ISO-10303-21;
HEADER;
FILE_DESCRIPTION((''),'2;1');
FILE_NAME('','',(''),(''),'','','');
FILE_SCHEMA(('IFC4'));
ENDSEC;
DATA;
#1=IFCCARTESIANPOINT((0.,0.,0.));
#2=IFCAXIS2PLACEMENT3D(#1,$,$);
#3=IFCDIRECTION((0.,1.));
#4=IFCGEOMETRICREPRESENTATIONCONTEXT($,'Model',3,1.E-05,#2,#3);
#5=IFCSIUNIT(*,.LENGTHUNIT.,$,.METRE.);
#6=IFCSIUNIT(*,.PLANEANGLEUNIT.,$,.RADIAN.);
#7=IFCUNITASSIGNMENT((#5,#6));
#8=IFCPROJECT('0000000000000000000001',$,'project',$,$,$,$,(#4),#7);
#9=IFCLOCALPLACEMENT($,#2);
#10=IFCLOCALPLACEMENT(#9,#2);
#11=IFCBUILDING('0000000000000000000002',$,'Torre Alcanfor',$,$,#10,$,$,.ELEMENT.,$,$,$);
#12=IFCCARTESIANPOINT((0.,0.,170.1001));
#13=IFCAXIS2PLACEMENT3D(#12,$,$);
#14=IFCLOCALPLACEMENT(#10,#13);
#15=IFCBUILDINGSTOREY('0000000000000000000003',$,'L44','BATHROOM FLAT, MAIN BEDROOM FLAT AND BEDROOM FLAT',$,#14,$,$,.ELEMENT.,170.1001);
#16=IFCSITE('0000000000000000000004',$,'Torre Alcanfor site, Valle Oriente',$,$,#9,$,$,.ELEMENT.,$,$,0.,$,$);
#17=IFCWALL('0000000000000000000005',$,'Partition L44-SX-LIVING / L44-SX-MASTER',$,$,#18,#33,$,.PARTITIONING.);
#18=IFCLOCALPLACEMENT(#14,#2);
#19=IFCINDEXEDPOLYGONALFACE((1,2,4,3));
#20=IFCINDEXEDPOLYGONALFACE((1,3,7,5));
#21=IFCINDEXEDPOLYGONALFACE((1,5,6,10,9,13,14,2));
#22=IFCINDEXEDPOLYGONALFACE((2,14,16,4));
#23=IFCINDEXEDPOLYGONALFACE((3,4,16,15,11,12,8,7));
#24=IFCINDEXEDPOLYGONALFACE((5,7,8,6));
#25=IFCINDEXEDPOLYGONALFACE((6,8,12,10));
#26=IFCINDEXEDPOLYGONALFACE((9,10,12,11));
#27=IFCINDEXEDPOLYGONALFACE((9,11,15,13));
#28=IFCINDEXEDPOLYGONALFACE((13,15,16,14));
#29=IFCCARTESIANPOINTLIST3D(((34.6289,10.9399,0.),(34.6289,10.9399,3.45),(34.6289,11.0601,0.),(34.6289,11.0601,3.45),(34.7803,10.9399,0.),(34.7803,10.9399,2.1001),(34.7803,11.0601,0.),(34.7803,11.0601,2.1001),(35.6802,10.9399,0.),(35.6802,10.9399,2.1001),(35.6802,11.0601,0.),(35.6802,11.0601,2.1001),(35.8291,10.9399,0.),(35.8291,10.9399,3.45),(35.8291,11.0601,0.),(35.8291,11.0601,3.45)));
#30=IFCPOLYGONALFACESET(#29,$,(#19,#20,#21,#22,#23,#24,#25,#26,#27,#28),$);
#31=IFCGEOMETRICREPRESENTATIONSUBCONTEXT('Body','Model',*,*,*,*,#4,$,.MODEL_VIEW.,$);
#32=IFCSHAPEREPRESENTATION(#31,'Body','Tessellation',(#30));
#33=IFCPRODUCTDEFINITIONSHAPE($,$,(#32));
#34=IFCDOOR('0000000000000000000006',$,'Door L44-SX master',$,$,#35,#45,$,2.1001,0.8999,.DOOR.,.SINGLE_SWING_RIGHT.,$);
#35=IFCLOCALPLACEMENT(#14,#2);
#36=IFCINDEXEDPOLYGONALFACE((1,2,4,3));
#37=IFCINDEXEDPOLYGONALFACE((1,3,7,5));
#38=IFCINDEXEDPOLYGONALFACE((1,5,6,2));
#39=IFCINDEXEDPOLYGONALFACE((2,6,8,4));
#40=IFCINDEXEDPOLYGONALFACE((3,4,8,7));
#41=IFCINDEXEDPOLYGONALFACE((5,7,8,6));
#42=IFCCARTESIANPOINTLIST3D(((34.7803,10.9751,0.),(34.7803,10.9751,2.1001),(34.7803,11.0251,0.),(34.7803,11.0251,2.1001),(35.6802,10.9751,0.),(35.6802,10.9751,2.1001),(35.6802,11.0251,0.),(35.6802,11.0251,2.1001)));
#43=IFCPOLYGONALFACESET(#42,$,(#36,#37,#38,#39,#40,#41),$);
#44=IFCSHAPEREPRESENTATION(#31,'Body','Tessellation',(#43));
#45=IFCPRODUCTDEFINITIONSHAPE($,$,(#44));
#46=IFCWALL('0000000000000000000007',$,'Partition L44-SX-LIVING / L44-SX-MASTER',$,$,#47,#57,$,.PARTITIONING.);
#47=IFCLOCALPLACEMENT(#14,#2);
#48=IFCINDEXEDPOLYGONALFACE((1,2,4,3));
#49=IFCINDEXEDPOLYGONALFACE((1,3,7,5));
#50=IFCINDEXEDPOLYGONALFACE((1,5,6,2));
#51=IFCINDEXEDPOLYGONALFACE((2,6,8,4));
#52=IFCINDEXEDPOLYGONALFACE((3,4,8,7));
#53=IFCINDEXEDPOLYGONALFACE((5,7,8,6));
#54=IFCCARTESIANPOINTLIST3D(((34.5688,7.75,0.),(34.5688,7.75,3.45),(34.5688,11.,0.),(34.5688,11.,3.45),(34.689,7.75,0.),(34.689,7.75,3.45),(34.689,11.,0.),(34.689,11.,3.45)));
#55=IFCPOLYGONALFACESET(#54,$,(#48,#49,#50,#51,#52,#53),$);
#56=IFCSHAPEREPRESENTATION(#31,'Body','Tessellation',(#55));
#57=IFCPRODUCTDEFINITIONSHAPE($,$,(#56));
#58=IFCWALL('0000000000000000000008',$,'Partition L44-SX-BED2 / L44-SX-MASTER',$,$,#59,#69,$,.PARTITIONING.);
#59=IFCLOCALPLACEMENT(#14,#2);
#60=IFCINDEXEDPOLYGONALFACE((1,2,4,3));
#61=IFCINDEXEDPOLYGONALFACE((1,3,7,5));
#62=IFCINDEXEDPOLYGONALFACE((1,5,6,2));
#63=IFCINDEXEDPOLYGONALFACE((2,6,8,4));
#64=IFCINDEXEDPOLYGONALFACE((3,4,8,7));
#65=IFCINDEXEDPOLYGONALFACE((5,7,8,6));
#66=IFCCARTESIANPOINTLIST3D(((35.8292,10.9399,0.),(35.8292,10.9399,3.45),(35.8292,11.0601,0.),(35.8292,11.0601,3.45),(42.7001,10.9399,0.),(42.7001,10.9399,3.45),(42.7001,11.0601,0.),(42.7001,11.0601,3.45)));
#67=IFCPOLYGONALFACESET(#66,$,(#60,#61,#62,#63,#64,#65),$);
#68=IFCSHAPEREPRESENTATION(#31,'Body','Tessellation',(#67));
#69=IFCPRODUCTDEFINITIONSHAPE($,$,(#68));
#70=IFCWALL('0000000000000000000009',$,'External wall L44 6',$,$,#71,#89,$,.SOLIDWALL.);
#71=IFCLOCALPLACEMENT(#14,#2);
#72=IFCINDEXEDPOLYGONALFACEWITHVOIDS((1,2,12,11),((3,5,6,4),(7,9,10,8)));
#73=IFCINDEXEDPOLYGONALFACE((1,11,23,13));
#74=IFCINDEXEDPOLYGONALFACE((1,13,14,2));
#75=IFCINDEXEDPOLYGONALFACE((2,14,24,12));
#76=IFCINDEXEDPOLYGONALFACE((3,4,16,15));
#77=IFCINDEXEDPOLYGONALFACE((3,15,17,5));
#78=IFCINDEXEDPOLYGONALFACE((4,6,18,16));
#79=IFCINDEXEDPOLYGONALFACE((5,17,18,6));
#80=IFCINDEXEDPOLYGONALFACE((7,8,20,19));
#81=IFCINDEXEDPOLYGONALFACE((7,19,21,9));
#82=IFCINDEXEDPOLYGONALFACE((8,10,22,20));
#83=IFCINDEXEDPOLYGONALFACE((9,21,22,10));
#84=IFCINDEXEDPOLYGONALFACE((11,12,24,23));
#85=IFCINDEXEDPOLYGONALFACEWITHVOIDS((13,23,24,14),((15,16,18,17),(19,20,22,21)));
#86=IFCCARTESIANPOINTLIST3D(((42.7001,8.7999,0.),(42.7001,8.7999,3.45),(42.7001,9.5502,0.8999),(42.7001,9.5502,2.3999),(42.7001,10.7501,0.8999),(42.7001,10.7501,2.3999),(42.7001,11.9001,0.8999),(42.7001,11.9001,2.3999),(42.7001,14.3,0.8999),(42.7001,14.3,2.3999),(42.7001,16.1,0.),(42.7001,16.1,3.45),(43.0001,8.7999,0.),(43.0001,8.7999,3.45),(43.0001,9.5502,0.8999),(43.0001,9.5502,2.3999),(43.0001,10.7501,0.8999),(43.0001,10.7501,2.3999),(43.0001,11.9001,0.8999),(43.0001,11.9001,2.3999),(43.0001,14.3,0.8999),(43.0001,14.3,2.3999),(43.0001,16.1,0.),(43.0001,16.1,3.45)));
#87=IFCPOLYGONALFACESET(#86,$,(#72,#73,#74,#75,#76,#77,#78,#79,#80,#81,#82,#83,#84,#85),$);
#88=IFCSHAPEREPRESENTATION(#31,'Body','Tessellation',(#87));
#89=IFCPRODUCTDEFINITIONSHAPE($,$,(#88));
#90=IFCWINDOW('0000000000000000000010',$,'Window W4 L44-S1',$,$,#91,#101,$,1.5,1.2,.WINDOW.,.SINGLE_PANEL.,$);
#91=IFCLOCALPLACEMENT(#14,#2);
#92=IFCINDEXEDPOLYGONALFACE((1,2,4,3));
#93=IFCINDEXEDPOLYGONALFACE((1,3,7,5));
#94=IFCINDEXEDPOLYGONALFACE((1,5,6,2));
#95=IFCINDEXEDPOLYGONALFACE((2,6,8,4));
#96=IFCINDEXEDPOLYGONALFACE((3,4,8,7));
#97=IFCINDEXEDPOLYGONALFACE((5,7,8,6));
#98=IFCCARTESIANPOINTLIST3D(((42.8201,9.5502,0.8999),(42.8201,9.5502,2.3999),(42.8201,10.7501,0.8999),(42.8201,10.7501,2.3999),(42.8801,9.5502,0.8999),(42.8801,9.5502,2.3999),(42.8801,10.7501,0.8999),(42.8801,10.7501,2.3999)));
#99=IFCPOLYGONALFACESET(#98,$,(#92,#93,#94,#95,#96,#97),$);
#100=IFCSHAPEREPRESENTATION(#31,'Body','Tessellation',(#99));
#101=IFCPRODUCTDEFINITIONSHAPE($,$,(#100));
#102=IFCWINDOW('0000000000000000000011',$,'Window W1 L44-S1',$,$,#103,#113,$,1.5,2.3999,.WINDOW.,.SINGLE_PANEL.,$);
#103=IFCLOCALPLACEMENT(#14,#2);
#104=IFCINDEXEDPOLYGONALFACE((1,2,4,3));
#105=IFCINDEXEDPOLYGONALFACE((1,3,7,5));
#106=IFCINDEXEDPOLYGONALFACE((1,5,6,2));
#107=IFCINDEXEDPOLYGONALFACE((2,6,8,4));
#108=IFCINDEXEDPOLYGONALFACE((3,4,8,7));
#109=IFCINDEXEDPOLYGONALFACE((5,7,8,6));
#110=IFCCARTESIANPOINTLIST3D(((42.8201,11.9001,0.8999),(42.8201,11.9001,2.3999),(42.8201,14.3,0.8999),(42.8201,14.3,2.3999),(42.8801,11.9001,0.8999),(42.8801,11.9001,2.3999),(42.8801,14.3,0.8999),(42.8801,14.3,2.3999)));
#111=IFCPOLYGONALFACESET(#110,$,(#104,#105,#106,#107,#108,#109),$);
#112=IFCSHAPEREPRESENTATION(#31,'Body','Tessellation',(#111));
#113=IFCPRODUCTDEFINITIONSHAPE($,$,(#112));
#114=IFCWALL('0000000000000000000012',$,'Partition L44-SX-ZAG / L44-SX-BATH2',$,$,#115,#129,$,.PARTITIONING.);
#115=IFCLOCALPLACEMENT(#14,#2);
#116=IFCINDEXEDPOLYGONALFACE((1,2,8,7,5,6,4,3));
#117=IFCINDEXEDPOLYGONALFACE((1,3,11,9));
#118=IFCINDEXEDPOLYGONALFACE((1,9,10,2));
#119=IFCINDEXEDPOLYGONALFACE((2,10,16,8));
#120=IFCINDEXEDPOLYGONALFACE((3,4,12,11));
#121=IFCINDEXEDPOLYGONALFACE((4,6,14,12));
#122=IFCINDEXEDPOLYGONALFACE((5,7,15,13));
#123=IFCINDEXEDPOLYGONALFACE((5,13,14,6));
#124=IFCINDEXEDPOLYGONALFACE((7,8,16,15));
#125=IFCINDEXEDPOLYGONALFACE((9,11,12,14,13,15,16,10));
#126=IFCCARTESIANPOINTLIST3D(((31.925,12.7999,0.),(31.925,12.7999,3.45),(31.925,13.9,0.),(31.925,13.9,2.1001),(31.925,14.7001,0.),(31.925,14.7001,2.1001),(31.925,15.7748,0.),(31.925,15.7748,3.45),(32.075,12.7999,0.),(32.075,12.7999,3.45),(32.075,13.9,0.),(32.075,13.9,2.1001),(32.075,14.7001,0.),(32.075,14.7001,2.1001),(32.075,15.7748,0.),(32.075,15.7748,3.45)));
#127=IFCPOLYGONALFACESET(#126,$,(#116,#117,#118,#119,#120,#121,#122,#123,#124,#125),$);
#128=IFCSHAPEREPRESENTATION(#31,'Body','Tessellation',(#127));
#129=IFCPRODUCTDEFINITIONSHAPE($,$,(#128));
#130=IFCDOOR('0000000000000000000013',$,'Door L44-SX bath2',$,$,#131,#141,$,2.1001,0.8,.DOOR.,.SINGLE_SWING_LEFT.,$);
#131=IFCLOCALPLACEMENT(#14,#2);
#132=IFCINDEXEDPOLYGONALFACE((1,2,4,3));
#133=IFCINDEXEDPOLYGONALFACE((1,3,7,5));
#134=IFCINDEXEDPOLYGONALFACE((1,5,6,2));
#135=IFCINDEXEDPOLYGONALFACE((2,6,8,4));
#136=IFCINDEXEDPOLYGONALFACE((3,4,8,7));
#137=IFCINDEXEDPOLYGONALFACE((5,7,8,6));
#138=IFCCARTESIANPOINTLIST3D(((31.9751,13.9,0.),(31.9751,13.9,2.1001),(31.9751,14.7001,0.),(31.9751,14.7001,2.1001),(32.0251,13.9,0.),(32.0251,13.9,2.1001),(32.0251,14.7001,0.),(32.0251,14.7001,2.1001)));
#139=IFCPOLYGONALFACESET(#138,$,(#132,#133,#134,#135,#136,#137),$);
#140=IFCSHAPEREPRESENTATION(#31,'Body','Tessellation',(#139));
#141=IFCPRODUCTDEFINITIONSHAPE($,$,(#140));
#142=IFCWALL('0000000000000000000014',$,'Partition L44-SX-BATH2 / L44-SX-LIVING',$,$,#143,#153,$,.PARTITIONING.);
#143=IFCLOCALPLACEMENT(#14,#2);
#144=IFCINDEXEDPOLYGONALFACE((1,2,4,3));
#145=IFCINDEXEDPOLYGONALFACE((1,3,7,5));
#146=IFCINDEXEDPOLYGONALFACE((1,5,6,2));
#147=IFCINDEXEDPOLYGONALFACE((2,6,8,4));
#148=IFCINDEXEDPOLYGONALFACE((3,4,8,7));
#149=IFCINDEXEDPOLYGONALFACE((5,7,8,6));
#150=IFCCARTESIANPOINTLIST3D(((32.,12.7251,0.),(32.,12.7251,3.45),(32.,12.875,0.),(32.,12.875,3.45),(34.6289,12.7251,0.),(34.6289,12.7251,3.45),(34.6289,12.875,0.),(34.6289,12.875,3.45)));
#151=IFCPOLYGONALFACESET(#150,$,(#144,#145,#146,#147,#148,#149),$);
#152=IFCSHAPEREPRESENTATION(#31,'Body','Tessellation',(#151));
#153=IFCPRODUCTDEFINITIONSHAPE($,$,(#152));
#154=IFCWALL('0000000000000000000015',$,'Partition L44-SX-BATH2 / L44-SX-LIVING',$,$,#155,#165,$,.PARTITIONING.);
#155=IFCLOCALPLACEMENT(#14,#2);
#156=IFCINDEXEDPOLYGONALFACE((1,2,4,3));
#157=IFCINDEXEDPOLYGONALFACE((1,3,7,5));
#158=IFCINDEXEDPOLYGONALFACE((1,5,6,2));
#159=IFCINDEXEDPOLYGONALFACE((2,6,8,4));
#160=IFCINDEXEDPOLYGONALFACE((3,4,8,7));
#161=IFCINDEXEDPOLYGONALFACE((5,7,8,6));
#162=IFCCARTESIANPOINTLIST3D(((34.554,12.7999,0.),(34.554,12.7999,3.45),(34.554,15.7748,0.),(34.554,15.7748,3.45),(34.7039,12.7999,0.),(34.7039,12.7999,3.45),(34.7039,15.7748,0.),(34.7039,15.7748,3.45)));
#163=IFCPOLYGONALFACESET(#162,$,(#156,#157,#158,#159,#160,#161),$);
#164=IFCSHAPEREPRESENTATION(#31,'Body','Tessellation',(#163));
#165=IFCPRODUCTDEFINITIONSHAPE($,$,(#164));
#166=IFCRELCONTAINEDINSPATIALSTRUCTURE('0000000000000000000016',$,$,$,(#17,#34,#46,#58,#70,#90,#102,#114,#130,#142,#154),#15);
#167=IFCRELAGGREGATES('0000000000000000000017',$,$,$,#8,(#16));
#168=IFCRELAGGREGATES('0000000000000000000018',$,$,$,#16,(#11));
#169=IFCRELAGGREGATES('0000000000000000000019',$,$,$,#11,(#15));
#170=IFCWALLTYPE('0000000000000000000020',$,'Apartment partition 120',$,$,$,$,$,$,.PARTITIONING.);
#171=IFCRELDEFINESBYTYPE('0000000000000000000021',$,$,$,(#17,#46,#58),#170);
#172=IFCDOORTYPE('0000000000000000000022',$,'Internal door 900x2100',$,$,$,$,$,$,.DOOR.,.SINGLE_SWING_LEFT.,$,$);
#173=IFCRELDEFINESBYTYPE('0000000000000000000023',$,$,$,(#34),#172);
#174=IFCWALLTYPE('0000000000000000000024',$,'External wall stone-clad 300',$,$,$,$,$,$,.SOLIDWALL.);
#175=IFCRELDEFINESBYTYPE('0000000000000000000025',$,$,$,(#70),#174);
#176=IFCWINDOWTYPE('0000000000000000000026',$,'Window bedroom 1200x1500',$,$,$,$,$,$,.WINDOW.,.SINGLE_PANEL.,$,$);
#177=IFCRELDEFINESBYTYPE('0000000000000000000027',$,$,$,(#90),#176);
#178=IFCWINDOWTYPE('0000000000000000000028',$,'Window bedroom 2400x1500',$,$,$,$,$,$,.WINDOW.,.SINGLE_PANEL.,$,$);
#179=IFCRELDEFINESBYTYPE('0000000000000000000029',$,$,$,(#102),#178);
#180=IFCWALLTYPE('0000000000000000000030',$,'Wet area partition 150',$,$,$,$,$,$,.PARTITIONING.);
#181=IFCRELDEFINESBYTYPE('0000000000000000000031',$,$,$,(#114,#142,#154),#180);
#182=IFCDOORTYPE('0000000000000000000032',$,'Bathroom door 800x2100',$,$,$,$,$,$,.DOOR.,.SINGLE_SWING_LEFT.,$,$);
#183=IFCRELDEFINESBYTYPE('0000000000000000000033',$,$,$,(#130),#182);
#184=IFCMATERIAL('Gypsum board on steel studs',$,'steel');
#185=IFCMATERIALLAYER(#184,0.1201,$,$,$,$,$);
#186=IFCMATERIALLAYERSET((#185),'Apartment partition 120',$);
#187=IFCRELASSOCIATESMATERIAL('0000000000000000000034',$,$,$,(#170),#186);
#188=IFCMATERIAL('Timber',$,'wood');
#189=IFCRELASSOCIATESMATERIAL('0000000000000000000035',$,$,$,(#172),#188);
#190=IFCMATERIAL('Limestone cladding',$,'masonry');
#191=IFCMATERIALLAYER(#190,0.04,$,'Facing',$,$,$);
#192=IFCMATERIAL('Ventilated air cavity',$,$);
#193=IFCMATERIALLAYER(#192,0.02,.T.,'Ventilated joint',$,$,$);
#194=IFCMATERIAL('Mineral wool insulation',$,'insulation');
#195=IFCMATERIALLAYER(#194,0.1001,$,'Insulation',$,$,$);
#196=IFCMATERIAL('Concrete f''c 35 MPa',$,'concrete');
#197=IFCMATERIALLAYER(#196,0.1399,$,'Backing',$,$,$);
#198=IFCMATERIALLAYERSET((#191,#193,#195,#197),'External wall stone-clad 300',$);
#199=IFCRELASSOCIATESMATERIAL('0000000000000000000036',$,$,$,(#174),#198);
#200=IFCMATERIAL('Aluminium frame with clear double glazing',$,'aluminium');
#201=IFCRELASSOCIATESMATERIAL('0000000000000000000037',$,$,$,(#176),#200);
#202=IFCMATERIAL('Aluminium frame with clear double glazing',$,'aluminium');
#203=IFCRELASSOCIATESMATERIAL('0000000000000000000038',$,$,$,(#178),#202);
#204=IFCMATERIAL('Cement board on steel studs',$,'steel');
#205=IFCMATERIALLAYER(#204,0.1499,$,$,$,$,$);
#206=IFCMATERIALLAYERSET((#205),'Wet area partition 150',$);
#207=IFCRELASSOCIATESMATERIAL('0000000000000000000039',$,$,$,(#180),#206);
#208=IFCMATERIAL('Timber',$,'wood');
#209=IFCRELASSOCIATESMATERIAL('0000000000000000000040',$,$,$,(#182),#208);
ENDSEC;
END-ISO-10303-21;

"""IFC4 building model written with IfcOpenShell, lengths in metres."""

from ifc_helpers import new_model, si_unit, direction, frame, frame_2d, origin, place, context, subcontext, project, spatial, rectangle, extrude, material, layer, layer_set, type_object, element, fill, save


model = new_model("IFC4")

# Units and contexts
model_context = context("Model", 3, precision=1e-05, world=origin(), true_north=direction((0.0, 1.0)))
body_context = subcontext(model_context, "Body", "Model", "MODEL_VIEW")
ifc_project = project(units=[si_unit("LENGTHUNIT", "METRE"), si_unit("PLANEANGLEUNIT", "RADIAN")], contexts=[model_context])

# Site, building, storey
site_placement = place(None, origin())
site = spatial("IfcSite", under=ifc_project, at=site_placement, Name="Torre Alcanfor site, Valle Oriente", CompositionType="ELEMENT", RefElevation=0.0)
building_placement = place(site_placement, origin())
building = spatial("IfcBuilding", under=site, at=building_placement, Name="Torre Alcanfor", CompositionType="ELEMENT")
storey_placement = place(building_placement, frame((0.0, 0.0, 170.1001)))
storey = spatial("IfcBuildingStorey", under=building, at=storey_placement, Name="L44", Description="BATHROOM FLAT, MAIN BEDROOM FLAT AND BEDROOM FLAT", CompositionType="ELEMENT", Elevation=170.1001)

# Wall, opening, door
ifc_material_1 = material(Name="Gypsum board on steel studs", Category="steel")
ifc_layer_1 = layer(ifc_material_1, 0.1201)
ifc_layer_set_1 = layer_set([ifc_layer_1], Name="Apartment partition 120")
wall_type_1 = type_object("IfcWallType", Name="Apartment partition 120", PredefinedType="PARTITIONING", material=ifc_layer_set_1)
wall_1_placement = place(storey_placement, frame((35.8291, 11.0, 0.0), z_axis=(0.0, 0.0, 1.0), x_axis=(-1.0, 0.0, 0.0)))
wall_1 = element("IfcWall", 1, at=wall_1_placement, inside=storey, type_object=wall_type_1, Name="Partition L44-SX-LIVING / L44-SX-MASTER", PredefinedType="PARTITIONING", context=body_context, shape_type="SweptSolid", body=[
    extrude(rectangle(XDim=1.2002, YDim=0.1201, at=frame_2d((0.6001, 0.0))), origin(), (0.0, 0.0, 1.0), 3.45),
])
opening_1_placement = place(wall_1_placement, frame((0.1489, 0.0, 0.0)))
opening_1 = element("IfcOpeningElement", 2, at=opening_1_placement, cuts=wall_1, PredefinedType="OPENING", context=body_context, shape_type="SweptSolid", body=[
    extrude(rectangle(XDim=0.8999, YDim=2.1001, at=frame_2d((0.45, 1.05))), frame((0.0, 0.0701, 0.0), z_axis=(0.0, -1.0, 0.0), x_axis=(1.0, 0.0, 0.0)), (0.0, 0.0, 1.0), 0.1401),
])
ifc_material_2 = material(Name="Timber", Category="wood")
door_type_1 = type_object("IfcDoorType", Name="Internal door 900x2100", OperationType="SINGLE_SWING_LEFT", PredefinedType="DOOR", material=ifc_material_2)
door_1_placement = place(opening_1_placement, origin())
door_1 = element("IfcDoor", 3, at=door_1_placement, inside=storey, type_object=door_type_1, Name="Door L44-SX master", OperationType="SINGLE_SWING_RIGHT", OverallHeight=2.1001, OverallWidth=0.8999, PredefinedType="DOOR", context=body_context, shape_type="SweptSolid", body=[
    extrude(rectangle(XDim=0.8999, YDim=2.1001, at=frame_2d((0.45, 1.05))), frame((0.0, 0.0249, 0.0), z_axis=(0.0, -1.0, 0.0), x_axis=(1.0, 0.0, 0.0)), (0.0, 0.0, 1.0), 0.05),
])
fill(opening_1, door_1)

# Walls
wall_2_placement = place(storey_placement, frame((34.6289, 11.0, 0.0), z_axis=(0.0, 0.0, 1.0), x_axis=(0.0, -1.0, 0.0)))
element("IfcWall", 4, at=wall_2_placement, inside=storey, type_object=wall_type_1, Name="Partition L44-SX-LIVING / L44-SX-MASTER", PredefinedType="PARTITIONING", context=body_context, shape_type="SweptSolid", body=[
    extrude(rectangle(XDim=3.25, YDim=0.1201, at=frame_2d((1.625, 0.0))), origin(), (0.0, 0.0, 1.0), 3.45),
])
wall_3_placement = place(storey_placement, frame((35.8291, 11.0, 0.0), z_axis=(0.0, 0.0, 1.0), x_axis=(1.0, 0.0, 0.0)))
element("IfcWall", 5, at=wall_3_placement, inside=storey, type_object=wall_type_1, Name="Partition L44-SX-BED2 / L44-SX-MASTER", PredefinedType="PARTITIONING", context=body_context, shape_type="SweptSolid", body=[
    extrude(rectangle(XDim=6.8708, YDim=0.1201, at=frame_2d((3.4355, 0.0))), origin(), (0.0, 0.0, 1.0), 3.45),
])

# Wall, openings, windows
ifc_material_3 = material(Name="Limestone cladding", Category="masonry")
ifc_layer_2 = layer(ifc_material_3, 0.04, Name="Facing")
ifc_material_4 = material(Name="Ventilated air cavity")
ifc_layer_3 = layer(ifc_material_4, 0.02, ventilated=True, Name="Ventilated joint")
ifc_material_5 = material(Name="Mineral wool insulation", Category="insulation")
ifc_layer_4 = layer(ifc_material_5, 0.1001, Name="Insulation")
ifc_material_6 = material(Name="Concrete f'c 35 MPa", Category="concrete")
ifc_layer_5 = layer(ifc_material_6, 0.1399, Name="Backing")
ifc_layer_set_2 = layer_set([ifc_layer_2, ifc_layer_3, ifc_layer_4, ifc_layer_5], Name="External wall stone-clad 300")
wall_type_2 = type_object("IfcWallType", Name="External wall stone-clad 300", PredefinedType="SOLIDWALL", material=ifc_layer_set_2)
wall_4_placement = place(storey_placement, frame((42.8501, 8.8, 0.0), z_axis=(0.0, 0.0, 1.0), x_axis=(0.0, 1.0, 0.0)))
wall_4 = element("IfcWall", 6, at=wall_4_placement, inside=storey, type_object=wall_type_2, Name="External wall L44 6", PredefinedType="SOLIDWALL", context=body_context, shape_type="SweptSolid", body=[
    extrude(rectangle(XDim=7.3, YDim=0.3, at=frame_2d((3.6499, 0.0))), origin(), (0.0, 0.0, 1.0), 3.45),
])
opening_2_placement = place(wall_4_placement, frame((3.1001, 0.0, 0.8999)))
opening_2 = element("IfcOpeningElement", 7, at=opening_2_placement, cuts=wall_4, PredefinedType="OPENING", context=body_context, shape_type="SweptSolid", body=[
    extrude(rectangle(XDim=2.3999, YDim=1.5, at=frame_2d((1.2, 0.75))), frame((0.0, 0.1599, 0.0), z_axis=(0.0, -1.0, 0.0), x_axis=(1.0, 0.0, 0.0)), (0.0, 0.0, 1.0), 0.3201),
])
opening_3_placement = place(wall_4_placement, frame((0.75, 0.0, 0.8999)))
opening_3 = element("IfcOpeningElement", 8, at=opening_3_placement, cuts=wall_4, PredefinedType="OPENING", context=body_context, shape_type="SweptSolid", body=[
    extrude(rectangle(XDim=1.2, YDim=1.5, at=frame_2d((0.6001, 0.75))), frame((0.0, 0.1599, 0.0), z_axis=(0.0, -1.0, 0.0), x_axis=(1.0, 0.0, 0.0)), (0.0, 0.0, 1.0), 0.3201),
])
ifc_material_7 = material(Name="Aluminium frame with clear double glazing", Category="aluminium")
window_type_1 = type_object("IfcWindowType", Name="Window bedroom 1200x1500", PartitioningType="SINGLE_PANEL", PredefinedType="WINDOW", material=ifc_material_7)
window_1_placement = place(opening_3_placement, origin())
window_1 = element("IfcWindow", 9, at=window_1_placement, inside=storey, type_object=window_type_1, Name="Window W4 L44-S1", OverallHeight=1.5, OverallWidth=1.2, PartitioningType="SINGLE_PANEL", PredefinedType="WINDOW", context=body_context, shape_type="SweptSolid", body=[
    extrude(rectangle(XDim=1.2, YDim=1.5, at=frame_2d((0.6001, 0.75))), frame((0.0, 0.03, 0.0), z_axis=(0.0, -1.0, 0.0), x_axis=(1.0, 0.0, 0.0)), (0.0, 0.0, 1.0), 0.0601),
])
fill(opening_3, window_1)
ifc_material_8 = material(Name="Aluminium frame with clear double glazing", Category="aluminium")
window_type_2 = type_object("IfcWindowType", Name="Window bedroom 2400x1500", PartitioningType="SINGLE_PANEL", PredefinedType="WINDOW", material=ifc_material_8)
window_2_placement = place(opening_2_placement, origin())
window_2 = element("IfcWindow", 10, at=window_2_placement, inside=storey, type_object=window_type_2, Name="Window W1 L44-S1", OverallHeight=1.5, OverallWidth=2.3999, PartitioningType="SINGLE_PANEL", PredefinedType="WINDOW", context=body_context, shape_type="SweptSolid", body=[
    extrude(rectangle(XDim=2.3999, YDim=1.5, at=frame_2d((1.2, 0.75))), frame((0.0, 0.03, 0.0), z_axis=(0.0, -1.0, 0.0), x_axis=(1.0, 0.0, 0.0)), (0.0, 0.0, 1.0), 0.0601),
])
fill(opening_2, window_2)

# Wall, opening, door
ifc_material_9 = material(Name="Cement board on steel studs", Category="steel")
ifc_layer_6 = layer(ifc_material_9, 0.1499)
ifc_layer_set_3 = layer_set([ifc_layer_6], Name="Wet area partition 150")
wall_type_3 = type_object("IfcWallType", Name="Wet area partition 150", PredefinedType="PARTITIONING", material=ifc_layer_set_3)
wall_5_placement = place(storey_placement, frame((32.0, 12.8, 0.0), z_axis=(0.0, 0.0, 1.0), x_axis=(0.0, 1.0, 0.0)))
wall_5 = element("IfcWall", 11, at=wall_5_placement, inside=storey, type_object=wall_type_3, Name="Partition L44-SX-ZAG / L44-SX-BATH2", PredefinedType="PARTITIONING", context=body_context, shape_type="SweptSolid", body=[
    extrude(rectangle(XDim=2.9749, YDim=0.1499, at=frame_2d((1.4873, 0.0))), origin(), (0.0, 0.0, 1.0), 3.45),
])
opening_4_placement = place(wall_5_placement, frame((1.1001, 0.0, 0.0)))
opening_4 = element("IfcOpeningElement", 12, at=opening_4_placement, cuts=wall_5, PredefinedType="OPENING", context=body_context, shape_type="SweptSolid", body=[
    extrude(rectangle(XDim=0.8, YDim=2.1001, at=frame_2d((0.3999, 1.05))), frame((0.0, 0.085, 0.0), z_axis=(0.0, -1.0, 0.0), x_axis=(1.0, 0.0, 0.0)), (0.0, 0.0, 1.0), 0.1699),
])
ifc_material_10 = material(Name="Timber", Category="wood")
door_type_2 = type_object("IfcDoorType", Name="Bathroom door 800x2100", OperationType="SINGLE_SWING_LEFT", PredefinedType="DOOR", material=ifc_material_10)
door_2_placement = place(opening_4_placement, frame((0.8, 0.0, 0.0), z_axis=(0.0, 0.0, 1.0), x_axis=(-1.0, 0.0, 0.0)))
door_2 = element("IfcDoor", 13, at=door_2_placement, inside=storey, type_object=door_type_2, Name="Door L44-SX bath2", OperationType="SINGLE_SWING_LEFT", OverallHeight=2.1001, OverallWidth=0.8, PredefinedType="DOOR", context=body_context, shape_type="SweptSolid", body=[
    extrude(rectangle(XDim=0.8, YDim=2.1001, at=frame_2d((0.4001, 1.05))), frame((0.0, 0.0251, 0.0), z_axis=(0.0, -1.0, 0.0), x_axis=(1.0, 0.0, 0.0)), (0.0, 0.0, 1.0), 0.05),
])
fill(opening_4, door_2)

# Walls
wall_6_placement = place(storey_placement, frame((32.0, 12.8, 0.0), z_axis=(0.0, 0.0, 1.0), x_axis=(1.0, 0.0, 0.0)))
element("IfcWall", 14, at=wall_6_placement, inside=storey, type_object=wall_type_3, Name="Partition L44-SX-BATH2 / L44-SX-LIVING", PredefinedType="PARTITIONING", context=body_context, shape_type="SweptSolid", body=[
    extrude(rectangle(XDim=2.6289, YDim=0.1499, at=frame_2d((1.3145, 0.0))), origin(), (0.0, 0.0, 1.0), 3.45),
])
wall_7_placement = place(storey_placement, frame((34.6289, 12.8, 0.0), z_axis=(0.0, 0.0, 1.0), x_axis=(0.0, 1.0, 0.0)))
element("IfcWall", 15, at=wall_7_placement, inside=storey, type_object=wall_type_3, Name="Partition L44-SX-BATH2 / L44-SX-LIVING", PredefinedType="PARTITIONING", context=body_context, shape_type="SweptSolid", body=[
    extrude(rectangle(XDim=2.9749, YDim=0.1499, at=frame_2d((1.4873, 0.0))), origin(), (0.0, 0.0, 1.0), 3.45),
])

save(model, "model.ifc")
